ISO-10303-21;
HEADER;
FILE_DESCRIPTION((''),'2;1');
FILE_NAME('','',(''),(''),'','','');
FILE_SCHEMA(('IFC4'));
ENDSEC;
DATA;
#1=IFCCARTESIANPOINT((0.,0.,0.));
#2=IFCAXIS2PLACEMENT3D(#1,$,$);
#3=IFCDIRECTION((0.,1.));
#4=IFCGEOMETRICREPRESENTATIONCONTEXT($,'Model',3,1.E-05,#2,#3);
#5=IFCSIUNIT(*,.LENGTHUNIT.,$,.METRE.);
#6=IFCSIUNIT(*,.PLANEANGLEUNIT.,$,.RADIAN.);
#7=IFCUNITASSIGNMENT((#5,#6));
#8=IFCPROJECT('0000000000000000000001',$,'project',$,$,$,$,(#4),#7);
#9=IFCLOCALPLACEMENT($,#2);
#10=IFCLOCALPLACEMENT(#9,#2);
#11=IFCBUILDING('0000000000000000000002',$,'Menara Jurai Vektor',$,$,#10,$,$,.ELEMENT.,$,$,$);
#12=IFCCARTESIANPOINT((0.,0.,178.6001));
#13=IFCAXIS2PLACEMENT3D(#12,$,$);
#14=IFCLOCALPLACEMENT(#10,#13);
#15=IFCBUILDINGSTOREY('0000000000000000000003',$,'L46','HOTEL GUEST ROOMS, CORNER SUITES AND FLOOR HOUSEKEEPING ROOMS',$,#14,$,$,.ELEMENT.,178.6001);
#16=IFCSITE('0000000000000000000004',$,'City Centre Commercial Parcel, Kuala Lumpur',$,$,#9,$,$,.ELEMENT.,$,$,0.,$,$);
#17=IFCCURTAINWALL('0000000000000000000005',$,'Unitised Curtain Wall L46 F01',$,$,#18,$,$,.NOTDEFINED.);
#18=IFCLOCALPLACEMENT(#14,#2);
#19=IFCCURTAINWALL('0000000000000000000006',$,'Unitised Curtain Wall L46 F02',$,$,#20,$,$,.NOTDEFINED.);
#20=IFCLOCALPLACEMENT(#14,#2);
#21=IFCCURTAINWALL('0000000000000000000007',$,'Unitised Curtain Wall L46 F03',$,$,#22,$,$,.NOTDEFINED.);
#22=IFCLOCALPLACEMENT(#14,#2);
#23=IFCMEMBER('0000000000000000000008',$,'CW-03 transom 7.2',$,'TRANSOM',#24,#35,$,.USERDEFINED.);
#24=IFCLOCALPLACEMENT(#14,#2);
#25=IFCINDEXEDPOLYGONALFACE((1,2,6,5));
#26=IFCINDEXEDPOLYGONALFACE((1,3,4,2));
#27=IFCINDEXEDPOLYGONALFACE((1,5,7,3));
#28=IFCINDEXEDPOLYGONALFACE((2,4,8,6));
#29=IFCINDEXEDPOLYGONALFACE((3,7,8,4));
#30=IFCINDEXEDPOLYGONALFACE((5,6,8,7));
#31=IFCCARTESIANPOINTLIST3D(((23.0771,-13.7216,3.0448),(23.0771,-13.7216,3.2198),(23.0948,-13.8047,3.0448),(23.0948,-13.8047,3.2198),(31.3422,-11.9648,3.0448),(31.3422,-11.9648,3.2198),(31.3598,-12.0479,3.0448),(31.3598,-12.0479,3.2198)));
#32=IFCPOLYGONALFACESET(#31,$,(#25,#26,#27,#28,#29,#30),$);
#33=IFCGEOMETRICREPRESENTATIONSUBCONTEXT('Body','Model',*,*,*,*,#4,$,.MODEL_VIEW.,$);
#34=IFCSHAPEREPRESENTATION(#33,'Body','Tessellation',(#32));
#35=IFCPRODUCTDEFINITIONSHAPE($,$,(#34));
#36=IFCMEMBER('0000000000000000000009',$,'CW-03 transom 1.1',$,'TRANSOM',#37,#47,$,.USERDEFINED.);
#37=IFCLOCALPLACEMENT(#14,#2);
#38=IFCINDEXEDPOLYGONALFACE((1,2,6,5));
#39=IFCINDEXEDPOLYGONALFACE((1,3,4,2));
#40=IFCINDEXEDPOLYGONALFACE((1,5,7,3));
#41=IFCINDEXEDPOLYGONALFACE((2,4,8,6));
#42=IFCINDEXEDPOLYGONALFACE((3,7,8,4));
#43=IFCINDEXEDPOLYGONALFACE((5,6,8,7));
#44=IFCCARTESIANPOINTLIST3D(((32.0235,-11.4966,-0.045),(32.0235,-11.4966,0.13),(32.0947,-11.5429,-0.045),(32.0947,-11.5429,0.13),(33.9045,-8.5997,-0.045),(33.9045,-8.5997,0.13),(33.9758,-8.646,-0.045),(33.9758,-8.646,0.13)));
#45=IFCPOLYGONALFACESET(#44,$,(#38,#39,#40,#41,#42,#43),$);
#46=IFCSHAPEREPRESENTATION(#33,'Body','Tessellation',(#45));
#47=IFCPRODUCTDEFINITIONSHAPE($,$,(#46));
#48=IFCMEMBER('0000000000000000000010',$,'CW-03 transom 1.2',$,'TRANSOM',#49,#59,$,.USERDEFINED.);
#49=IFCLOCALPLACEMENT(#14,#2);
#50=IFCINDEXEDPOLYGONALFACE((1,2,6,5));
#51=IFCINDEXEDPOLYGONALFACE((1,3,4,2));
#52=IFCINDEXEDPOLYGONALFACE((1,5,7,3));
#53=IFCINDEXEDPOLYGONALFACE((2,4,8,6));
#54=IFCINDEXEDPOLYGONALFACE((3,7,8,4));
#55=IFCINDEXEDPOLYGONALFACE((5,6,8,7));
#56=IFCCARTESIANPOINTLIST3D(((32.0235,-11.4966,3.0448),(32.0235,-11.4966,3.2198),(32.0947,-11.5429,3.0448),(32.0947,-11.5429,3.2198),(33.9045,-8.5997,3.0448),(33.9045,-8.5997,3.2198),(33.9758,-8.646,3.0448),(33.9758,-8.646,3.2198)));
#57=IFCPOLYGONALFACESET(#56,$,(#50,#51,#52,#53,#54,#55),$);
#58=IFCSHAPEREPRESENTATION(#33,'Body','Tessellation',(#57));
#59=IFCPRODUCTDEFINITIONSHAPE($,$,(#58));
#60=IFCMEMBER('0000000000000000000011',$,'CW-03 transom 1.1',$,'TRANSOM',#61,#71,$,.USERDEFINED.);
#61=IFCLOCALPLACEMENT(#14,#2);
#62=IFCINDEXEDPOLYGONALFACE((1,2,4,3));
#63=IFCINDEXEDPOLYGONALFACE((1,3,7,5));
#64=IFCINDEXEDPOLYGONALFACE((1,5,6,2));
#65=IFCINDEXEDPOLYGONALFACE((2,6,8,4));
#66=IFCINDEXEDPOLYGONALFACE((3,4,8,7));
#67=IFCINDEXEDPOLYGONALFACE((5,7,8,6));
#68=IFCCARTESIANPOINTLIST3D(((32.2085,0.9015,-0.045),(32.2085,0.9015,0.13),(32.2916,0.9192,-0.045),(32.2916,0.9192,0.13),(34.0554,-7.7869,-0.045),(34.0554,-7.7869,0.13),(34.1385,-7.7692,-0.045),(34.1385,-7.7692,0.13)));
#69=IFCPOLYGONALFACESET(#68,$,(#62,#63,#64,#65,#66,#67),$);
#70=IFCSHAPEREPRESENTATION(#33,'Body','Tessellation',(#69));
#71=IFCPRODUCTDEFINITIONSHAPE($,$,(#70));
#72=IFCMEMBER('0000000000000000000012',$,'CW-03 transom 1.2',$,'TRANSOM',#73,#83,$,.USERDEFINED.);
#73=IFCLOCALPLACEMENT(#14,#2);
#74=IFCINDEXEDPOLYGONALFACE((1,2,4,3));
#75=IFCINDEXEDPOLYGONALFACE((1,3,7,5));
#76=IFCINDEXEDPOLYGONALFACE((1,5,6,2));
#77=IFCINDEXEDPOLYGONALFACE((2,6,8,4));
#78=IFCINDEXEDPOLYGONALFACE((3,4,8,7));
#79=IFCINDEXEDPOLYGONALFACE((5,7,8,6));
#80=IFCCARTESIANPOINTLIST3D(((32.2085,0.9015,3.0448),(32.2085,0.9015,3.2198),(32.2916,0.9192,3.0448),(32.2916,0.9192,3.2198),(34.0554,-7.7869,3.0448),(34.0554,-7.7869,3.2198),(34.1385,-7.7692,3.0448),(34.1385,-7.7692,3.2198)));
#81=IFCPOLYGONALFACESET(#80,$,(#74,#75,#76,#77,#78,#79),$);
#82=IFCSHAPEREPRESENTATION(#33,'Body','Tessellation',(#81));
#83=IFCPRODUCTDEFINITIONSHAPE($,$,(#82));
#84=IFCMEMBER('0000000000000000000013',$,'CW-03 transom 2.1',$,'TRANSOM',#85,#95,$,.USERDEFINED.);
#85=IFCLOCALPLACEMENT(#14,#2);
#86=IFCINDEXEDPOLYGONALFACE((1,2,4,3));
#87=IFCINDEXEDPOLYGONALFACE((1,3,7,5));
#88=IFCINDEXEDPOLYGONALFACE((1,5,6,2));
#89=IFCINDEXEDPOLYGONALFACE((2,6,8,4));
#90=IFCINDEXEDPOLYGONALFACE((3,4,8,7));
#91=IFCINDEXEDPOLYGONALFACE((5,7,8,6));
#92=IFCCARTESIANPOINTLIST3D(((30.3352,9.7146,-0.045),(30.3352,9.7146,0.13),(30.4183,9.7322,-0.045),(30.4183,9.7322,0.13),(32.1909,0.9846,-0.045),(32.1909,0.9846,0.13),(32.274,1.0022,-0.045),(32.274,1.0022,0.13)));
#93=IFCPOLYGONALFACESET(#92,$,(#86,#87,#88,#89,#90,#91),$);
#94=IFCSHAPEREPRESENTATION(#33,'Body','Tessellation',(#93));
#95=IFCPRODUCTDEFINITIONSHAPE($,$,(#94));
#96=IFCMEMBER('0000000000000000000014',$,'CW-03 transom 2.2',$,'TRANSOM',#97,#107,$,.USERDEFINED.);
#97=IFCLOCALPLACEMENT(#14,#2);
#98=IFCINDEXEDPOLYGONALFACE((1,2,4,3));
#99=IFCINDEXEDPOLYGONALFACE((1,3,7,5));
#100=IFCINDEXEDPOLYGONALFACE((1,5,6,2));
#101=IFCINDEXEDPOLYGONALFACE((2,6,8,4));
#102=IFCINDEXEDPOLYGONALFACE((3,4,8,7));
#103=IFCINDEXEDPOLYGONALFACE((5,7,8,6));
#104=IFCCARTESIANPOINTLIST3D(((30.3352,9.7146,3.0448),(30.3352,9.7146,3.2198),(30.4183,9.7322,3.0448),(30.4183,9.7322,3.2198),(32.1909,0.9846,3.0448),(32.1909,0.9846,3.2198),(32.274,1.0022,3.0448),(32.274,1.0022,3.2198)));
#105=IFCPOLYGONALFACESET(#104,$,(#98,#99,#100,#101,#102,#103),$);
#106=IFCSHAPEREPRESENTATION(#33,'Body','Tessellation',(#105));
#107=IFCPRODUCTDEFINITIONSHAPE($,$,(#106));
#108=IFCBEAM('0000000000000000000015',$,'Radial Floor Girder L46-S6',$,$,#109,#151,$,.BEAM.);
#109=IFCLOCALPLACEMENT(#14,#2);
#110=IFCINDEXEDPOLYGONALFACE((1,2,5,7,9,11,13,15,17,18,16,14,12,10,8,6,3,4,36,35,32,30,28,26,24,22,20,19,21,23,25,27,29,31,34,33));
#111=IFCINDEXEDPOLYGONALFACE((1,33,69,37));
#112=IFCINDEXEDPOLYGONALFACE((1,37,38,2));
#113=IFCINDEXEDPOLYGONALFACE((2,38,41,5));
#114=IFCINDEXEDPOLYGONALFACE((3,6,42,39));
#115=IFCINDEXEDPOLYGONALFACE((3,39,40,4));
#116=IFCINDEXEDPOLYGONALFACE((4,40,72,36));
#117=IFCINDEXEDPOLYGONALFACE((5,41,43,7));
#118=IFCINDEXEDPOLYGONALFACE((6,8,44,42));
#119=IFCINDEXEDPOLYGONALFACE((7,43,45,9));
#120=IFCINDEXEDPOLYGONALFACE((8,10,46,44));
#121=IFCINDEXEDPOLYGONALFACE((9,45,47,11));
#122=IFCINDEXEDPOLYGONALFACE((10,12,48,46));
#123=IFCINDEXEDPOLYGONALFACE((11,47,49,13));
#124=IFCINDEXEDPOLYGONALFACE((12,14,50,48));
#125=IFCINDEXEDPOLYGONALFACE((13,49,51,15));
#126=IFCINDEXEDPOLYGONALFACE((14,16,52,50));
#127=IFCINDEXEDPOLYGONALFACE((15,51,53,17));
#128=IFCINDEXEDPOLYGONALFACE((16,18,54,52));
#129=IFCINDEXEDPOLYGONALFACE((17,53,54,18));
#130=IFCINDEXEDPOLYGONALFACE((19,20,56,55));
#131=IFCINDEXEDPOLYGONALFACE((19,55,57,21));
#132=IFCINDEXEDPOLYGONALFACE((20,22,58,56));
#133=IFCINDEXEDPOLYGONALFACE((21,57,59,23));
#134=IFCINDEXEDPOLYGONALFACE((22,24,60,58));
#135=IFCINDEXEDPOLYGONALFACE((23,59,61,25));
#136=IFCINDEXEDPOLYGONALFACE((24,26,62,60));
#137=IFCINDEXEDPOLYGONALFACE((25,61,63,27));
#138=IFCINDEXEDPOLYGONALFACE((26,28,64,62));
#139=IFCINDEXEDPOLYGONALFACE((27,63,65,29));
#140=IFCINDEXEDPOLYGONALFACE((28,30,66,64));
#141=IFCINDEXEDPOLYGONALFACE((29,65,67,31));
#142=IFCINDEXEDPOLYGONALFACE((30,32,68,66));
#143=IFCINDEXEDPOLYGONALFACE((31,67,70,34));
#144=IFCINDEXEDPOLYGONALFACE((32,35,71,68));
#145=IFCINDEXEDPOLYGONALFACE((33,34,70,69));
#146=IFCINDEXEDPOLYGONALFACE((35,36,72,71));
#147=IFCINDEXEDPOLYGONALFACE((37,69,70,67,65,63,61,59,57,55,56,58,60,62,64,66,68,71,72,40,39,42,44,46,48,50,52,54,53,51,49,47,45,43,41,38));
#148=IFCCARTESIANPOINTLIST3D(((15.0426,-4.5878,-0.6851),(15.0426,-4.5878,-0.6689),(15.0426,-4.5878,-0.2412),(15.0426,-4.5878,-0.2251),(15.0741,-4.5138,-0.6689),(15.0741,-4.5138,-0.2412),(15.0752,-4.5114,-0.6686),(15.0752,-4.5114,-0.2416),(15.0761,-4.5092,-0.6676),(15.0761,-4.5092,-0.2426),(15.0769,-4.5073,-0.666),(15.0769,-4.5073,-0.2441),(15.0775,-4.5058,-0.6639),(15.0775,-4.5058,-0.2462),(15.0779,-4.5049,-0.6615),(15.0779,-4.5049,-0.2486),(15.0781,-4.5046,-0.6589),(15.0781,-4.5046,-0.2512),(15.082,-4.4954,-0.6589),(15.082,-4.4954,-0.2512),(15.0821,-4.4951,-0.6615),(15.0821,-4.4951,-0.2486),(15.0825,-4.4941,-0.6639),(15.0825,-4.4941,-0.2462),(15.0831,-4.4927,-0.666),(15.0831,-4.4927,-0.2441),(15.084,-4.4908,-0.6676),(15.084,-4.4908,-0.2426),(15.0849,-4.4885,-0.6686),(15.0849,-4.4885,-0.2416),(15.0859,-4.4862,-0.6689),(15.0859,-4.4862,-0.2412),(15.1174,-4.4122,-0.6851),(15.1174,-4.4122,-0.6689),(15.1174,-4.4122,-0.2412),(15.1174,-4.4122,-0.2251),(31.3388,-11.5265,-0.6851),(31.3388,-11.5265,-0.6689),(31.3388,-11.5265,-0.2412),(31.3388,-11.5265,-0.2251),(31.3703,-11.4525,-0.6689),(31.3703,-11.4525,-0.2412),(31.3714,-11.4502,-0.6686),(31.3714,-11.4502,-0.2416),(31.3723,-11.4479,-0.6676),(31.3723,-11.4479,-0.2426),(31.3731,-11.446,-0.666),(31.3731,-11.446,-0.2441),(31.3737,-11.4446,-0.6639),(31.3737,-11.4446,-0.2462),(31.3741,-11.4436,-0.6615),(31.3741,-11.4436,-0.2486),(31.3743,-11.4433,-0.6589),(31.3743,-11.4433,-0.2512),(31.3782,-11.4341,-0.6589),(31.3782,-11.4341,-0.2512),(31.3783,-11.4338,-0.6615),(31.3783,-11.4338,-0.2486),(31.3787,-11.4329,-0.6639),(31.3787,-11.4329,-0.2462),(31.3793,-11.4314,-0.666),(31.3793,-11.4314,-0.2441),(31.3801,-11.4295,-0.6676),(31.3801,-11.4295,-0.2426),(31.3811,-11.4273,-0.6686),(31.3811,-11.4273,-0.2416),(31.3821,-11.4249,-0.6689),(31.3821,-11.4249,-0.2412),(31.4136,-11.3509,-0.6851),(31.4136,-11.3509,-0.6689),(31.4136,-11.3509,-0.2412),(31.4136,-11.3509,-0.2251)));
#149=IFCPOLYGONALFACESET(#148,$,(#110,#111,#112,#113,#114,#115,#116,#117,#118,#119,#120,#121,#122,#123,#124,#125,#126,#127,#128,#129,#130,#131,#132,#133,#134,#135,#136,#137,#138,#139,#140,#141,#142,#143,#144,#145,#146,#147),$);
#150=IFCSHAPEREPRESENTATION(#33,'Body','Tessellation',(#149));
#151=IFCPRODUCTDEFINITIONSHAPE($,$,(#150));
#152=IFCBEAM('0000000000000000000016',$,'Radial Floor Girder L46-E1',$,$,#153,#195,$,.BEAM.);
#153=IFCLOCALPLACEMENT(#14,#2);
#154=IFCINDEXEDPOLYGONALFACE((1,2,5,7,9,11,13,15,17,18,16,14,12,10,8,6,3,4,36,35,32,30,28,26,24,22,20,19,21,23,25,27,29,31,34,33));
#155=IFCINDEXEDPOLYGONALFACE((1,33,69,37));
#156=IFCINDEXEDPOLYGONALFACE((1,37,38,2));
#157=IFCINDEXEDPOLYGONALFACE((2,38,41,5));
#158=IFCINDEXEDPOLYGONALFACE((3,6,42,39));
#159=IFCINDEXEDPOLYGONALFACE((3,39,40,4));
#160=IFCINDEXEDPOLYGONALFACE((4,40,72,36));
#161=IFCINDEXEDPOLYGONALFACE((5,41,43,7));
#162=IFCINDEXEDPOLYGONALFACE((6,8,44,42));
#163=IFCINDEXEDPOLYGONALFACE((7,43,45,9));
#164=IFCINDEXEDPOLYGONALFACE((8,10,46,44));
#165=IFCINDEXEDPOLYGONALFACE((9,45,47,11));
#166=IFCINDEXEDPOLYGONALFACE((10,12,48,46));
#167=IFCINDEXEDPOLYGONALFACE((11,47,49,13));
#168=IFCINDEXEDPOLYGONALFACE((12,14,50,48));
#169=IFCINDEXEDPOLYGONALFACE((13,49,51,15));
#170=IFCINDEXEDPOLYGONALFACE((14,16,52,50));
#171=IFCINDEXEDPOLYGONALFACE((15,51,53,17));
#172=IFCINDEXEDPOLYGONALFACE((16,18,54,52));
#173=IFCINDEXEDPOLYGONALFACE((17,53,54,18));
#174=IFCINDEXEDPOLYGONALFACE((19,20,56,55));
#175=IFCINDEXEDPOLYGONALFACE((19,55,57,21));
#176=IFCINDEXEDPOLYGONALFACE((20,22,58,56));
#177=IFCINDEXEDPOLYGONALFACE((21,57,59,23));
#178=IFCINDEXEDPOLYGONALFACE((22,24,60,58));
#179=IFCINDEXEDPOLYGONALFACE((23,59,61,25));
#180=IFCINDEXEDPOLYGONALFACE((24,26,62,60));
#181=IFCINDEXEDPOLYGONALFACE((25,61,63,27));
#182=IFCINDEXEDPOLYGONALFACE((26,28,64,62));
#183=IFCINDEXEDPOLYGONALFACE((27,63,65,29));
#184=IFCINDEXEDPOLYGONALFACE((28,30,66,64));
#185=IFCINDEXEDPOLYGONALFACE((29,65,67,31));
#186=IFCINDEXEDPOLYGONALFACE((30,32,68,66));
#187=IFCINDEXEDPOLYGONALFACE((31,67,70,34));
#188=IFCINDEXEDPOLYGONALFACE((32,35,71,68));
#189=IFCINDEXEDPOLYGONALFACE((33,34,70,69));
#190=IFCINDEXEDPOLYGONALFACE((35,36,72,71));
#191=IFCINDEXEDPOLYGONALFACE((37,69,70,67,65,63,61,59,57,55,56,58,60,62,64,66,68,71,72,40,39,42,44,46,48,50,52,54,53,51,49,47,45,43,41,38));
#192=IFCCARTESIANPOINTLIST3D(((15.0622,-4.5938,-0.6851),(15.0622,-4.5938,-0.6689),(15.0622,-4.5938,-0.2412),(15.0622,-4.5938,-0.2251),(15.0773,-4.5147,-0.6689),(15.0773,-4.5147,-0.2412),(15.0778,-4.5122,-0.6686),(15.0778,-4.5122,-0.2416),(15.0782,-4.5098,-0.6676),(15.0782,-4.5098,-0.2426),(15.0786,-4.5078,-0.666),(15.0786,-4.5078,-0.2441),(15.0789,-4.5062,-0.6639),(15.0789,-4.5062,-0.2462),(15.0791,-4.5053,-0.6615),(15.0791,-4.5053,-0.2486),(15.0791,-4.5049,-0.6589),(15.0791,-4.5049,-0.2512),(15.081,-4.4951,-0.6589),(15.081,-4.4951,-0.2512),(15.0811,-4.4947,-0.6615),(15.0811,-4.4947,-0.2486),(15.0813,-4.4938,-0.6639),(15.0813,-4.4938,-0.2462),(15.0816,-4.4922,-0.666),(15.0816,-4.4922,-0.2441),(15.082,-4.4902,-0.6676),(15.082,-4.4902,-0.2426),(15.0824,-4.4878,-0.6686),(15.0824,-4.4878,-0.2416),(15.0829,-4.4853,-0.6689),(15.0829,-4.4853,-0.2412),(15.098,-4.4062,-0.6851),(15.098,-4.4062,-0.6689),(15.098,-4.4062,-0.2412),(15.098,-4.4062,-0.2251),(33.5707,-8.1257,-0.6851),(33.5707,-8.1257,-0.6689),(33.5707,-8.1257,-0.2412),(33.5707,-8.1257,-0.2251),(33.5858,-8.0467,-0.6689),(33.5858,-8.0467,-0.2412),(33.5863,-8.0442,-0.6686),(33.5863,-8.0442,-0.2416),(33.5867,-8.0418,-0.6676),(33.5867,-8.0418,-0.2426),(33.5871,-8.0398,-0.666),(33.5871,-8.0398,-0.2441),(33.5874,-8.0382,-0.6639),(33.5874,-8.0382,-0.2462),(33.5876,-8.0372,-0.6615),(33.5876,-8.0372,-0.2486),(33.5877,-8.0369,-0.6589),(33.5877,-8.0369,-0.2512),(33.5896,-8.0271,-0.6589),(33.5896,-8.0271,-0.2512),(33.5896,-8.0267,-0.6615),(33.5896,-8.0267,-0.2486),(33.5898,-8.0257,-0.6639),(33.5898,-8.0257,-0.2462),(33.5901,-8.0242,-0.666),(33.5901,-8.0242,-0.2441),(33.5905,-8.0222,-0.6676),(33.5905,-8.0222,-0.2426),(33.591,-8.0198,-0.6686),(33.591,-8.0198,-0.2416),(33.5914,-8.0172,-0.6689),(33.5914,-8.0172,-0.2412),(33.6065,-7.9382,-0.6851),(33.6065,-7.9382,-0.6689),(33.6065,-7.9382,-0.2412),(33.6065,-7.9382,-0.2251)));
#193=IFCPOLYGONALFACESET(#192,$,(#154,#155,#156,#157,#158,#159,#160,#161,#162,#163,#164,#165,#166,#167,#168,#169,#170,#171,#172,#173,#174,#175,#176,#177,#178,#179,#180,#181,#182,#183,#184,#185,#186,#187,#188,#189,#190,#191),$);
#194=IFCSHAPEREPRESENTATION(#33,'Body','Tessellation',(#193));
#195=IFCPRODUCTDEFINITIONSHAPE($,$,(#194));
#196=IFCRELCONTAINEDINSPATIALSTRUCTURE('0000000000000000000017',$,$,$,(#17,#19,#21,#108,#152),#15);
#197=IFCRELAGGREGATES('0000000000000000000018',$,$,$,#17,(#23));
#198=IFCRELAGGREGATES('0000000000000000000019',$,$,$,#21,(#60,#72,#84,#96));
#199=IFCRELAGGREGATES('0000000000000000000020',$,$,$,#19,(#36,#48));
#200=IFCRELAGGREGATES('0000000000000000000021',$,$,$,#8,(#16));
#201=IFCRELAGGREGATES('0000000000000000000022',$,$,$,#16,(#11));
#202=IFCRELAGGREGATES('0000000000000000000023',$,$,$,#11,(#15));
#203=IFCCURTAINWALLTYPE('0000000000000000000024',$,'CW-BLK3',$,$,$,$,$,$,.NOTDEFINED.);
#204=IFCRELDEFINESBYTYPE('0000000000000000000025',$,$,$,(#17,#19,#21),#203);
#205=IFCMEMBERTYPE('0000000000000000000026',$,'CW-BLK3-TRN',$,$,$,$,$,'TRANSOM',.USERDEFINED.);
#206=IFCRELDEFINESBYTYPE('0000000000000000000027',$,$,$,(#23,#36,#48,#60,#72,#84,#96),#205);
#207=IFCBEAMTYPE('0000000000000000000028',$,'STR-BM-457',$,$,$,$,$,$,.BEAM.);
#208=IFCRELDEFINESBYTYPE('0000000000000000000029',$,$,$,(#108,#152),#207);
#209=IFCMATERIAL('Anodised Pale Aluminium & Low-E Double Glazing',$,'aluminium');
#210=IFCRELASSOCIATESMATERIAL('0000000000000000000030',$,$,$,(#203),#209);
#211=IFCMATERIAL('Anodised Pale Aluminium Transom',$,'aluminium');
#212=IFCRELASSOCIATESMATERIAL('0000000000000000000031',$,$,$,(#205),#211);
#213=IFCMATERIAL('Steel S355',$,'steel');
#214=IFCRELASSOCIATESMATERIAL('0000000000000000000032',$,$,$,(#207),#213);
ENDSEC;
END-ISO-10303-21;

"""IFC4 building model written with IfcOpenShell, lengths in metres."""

from ifc_helpers import new_model, si_unit, direction, frame, origin, origin_2d, place, context, subcontext, project, spatial, rectangle, i_section, extrude, material, material_profile, profile_set, type_object, element, aggregate, save


model = new_model("IFC4")

# Units and contexts
model_context = context("Model", 3, precision=1e-05, world=origin(), true_north=direction((0.0, 1.0)))
body_context = subcontext(model_context, "Body", "Model", "MODEL_VIEW")
ifc_project = project(units=[si_unit("LENGTHUNIT", "METRE"), si_unit("PLANEANGLEUNIT", "RADIAN")], contexts=[model_context])

# Site, building, storey
site_placement = place(None, origin())
site = spatial("IfcSite", under=ifc_project, at=site_placement, Name="City Centre Commercial Parcel, Kuala Lumpur", CompositionType="ELEMENT", RefElevation=0.0)
building_placement = place(site_placement, origin())
building = spatial("IfcBuilding", under=site, at=building_placement, Name="Menara Jurai Vektor", CompositionType="ELEMENT")
storey_placement = place(building_placement, frame((0.0, 0.0, 178.6001)))
storey = spatial("IfcBuildingStorey", under=building, at=storey_placement, Name="L46", Description="HOTEL GUEST ROOMS, CORNER SUITES AND FLOOR HOUSEKEEPING ROOMS", CompositionType="ELEMENT", Elevation=178.6001)

# Curtain walls
ifc_material_1 = material(Name="Anodised Pale Aluminium & Low-E Double Glazing", Category="aluminium")
curtain_wall_type = type_object("IfcCurtainWallType", Name="CW-BLK3", PredefinedType="NOTDEFINED", material=ifc_material_1)
curtain_wall_1_placement = place(storey_placement, origin())
curtain_wall_1 = element("IfcCurtainWall", 1, at=curtain_wall_1_placement, inside=storey, type_object=curtain_wall_type, Name="Unitised Curtain Wall L46 F01", PredefinedType="NOTDEFINED")
curtain_wall_2_placement = place(storey_placement, origin())
curtain_wall_2 = element("IfcCurtainWall", 2, at=curtain_wall_2_placement, inside=storey, type_object=curtain_wall_type, Name="Unitised Curtain Wall L46 F02", PredefinedType="NOTDEFINED")
curtain_wall_3_placement = place(storey_placement, origin())
curtain_wall_3 = element("IfcCurtainWall", 3, at=curtain_wall_3_placement, inside=storey, type_object=curtain_wall_type, Name="Unitised Curtain Wall L46 F03", PredefinedType="NOTDEFINED")

# Members
ifc_material_2 = material(Name="Anodised Pale Aluminium Transom", Category="aluminium")
ifc_material_profile_1 = material_profile(ifc_material_2, rectangle(XDim=0.085, YDim=0.175, at=origin_2d()), Name="ALU TRN 85x175")
ifc_profile_set_1 = profile_set([ifc_material_profile_1], Name="Anodised Pale Aluminium Transom")
member_type_1 = type_object("IfcMemberType", Name="CW-BLK3-TRN", ElementType="TRANSOM", PredefinedType="USERDEFINED", material=ifc_profile_set_1)
member_1_placement = place(storey_placement, frame((23.0859, -13.7632, 3.1323), z_axis=(0.978147, 0.207915, 0.0), x_axis=(-0.207915, 0.978147, 0.0)))
member_1 = element("IfcMember", 4, at=member_1_placement, type_object=member_type_1, Name="CW-03 transom 7.2", ObjectType="TRANSOM", PredefinedType="USERDEFINED", context=body_context, shape_type="SweptSolid", body=[
    extrude(rectangle(XDim=0.085, YDim=0.175, at=origin_2d()), origin(), (0.0, 0.0, 1.0), 8.4497),
])
member_2_placement = place(storey_placement, frame((32.0591, -11.5198, 0.0425), z_axis=(0.544596, 0.838699, 0.0), x_axis=(-0.838699, 0.544596, 0.0)))
member_2 = element("IfcMember", 5, at=member_2_placement, type_object=member_type_1, Name="CW-03 transom 1.1", ObjectType="TRANSOM", PredefinedType="USERDEFINED", context=body_context, shape_type="SweptSolid", body=[
    extrude(rectangle(XDim=0.085, YDim=0.175, at=origin_2d()), origin(), (0.0, 0.0, 1.0), 3.4541),
])
member_3_placement = place(storey_placement, frame((32.0591, -11.5198, 3.1323), z_axis=(0.544596, 0.838699, 0.0), x_axis=(-0.838699, 0.544596, 0.0)))
member_3 = element("IfcMember", 6, at=member_3_placement, type_object=member_type_1, Name="CW-03 transom 1.2", ObjectType="TRANSOM", PredefinedType="USERDEFINED", context=body_context, shape_type="SweptSolid", body=[
    extrude(rectangle(XDim=0.085, YDim=0.175, at=origin_2d()), origin(), (0.0, 0.0, 1.0), 3.4541),
])
member_4_placement = place(storey_placement, frame((34.0969, -7.7781, 0.0425), z_axis=(-0.207926, 0.978145, 0.0), x_axis=(-0.978145, -0.207926, 0.0)))
member_4 = element("IfcMember", 7, at=member_4_placement, type_object=member_type_1, Name="CW-03 transom 1.1", ObjectType="TRANSOM", PredefinedType="USERDEFINED", context=body_context, shape_type="SweptSolid", body=[
    extrude(rectangle(XDim=0.085, YDim=0.175, at=origin_2d()), origin(), (0.0, 0.0, 1.0), 8.8826),
])
member_5_placement = place(storey_placement, frame((34.0969, -7.7781, 3.1323), z_axis=(-0.207926, 0.978145, 0.0), x_axis=(-0.978145, -0.207926, 0.0)))
member_5 = element("IfcMember", 8, at=member_5_placement, type_object=member_type_1, Name="CW-03 transom 1.2", ObjectType="TRANSOM", PredefinedType="USERDEFINED", context=body_context, shape_type="SweptSolid", body=[
    extrude(rectangle(XDim=0.085, YDim=0.175, at=origin_2d()), origin(), (0.0, 0.0, 1.0), 8.8826),
])
member_6_placement = place(storey_placement, frame((32.2324, 0.9934, 0.0425), z_axis=(-0.207922, 0.978145, 0.0), x_axis=(-0.978145, -0.207922, 0.0)))
member_6 = element("IfcMember", 9, at=member_6_placement, type_object=member_type_1, Name="CW-03 transom 2.1", ObjectType="TRANSOM", PredefinedType="USERDEFINED", context=body_context, shape_type="SweptSolid", body=[
    extrude(rectangle(XDim=0.085, YDim=0.175, at=origin_2d()), origin(), (0.0, 0.0, 1.0), 8.925),
])
member_7_placement = place(storey_placement, frame((32.2324, 0.9934, 3.1323), z_axis=(-0.207922, 0.978145, 0.0), x_axis=(-0.978145, -0.207922, 0.0)))
member_7 = element("IfcMember", 10, at=member_7_placement, type_object=member_type_1, Name="CW-03 transom 2.2", ObjectType="TRANSOM", PredefinedType="USERDEFINED", context=body_context, shape_type="SweptSolid", body=[
    extrude(rectangle(XDim=0.085, YDim=0.175, at=origin_2d()), origin(), (0.0, 0.0, 1.0), 8.925),
])

# Beams
ifc_material_3 = material(Name="Steel S355", Category="steel")
ifc_material_profile_2 = material_profile(ifc_material_3, i_section(OverallWidth=0.1909, OverallDepth=0.46, WebThickness=0.01, FlangeThickness=0.0161, FilletRadius=0.01, at=origin_2d()), Name="UKB 457x191x82")
ifc_profile_set_2 = profile_set([ifc_material_profile_2], Name="Steel S355")
beam_type_1 = type_object("IfcBeamType", Name="STR-BM-457", PredefinedType="BEAM", material=ifc_profile_set_2)
beam_1_placement = place(storey_placement, frame((31.3762, -11.4387, -0.4551), z_axis=(-0.920069, 0.391756, 0.0), x_axis=(-0.391756, -0.920069, 0.0)))
element("IfcBeam", 11, at=beam_1_placement, inside=storey, type_object=beam_type_1, Name="Radial Floor Girder L46-S6", PredefinedType="BEAM", context=body_context, shape_type="SweptSolid", body=[
    extrude(i_section(OverallWidth=0.1909, OverallDepth=0.46, WebThickness=0.01, FlangeThickness=0.0161, FilletRadius=0.01, at=origin_2d()), origin(), (0.0, 0.0, 1.0), 17.7119),
])
beam_2_placement = place(storey_placement, frame((33.5886, -8.032, -0.4551), z_axis=(-0.982275, 0.187447, 0.0), x_axis=(-0.187447, -0.982275, 0.0)))
element("IfcBeam", 12, at=beam_2_placement, inside=storey, type_object=beam_type_1, Name="Radial Floor Girder L46-E1", PredefinedType="BEAM", context=body_context, shape_type="SweptSolid", body=[
    extrude(i_section(OverallWidth=0.1909, OverallDepth=0.46, WebThickness=0.01, FlangeThickness=0.0161, FilletRadius=0.01, at=origin_2d()), origin(), (0.0, 0.0, 1.0), 18.8425),
])

aggregate(curtain_wall_1, [member_1])
aggregate(curtain_wall_3, [member_4, member_5, member_6, member_7])
aggregate(curtain_wall_2, [member_2, member_3])

save(model, "model.ifc")
